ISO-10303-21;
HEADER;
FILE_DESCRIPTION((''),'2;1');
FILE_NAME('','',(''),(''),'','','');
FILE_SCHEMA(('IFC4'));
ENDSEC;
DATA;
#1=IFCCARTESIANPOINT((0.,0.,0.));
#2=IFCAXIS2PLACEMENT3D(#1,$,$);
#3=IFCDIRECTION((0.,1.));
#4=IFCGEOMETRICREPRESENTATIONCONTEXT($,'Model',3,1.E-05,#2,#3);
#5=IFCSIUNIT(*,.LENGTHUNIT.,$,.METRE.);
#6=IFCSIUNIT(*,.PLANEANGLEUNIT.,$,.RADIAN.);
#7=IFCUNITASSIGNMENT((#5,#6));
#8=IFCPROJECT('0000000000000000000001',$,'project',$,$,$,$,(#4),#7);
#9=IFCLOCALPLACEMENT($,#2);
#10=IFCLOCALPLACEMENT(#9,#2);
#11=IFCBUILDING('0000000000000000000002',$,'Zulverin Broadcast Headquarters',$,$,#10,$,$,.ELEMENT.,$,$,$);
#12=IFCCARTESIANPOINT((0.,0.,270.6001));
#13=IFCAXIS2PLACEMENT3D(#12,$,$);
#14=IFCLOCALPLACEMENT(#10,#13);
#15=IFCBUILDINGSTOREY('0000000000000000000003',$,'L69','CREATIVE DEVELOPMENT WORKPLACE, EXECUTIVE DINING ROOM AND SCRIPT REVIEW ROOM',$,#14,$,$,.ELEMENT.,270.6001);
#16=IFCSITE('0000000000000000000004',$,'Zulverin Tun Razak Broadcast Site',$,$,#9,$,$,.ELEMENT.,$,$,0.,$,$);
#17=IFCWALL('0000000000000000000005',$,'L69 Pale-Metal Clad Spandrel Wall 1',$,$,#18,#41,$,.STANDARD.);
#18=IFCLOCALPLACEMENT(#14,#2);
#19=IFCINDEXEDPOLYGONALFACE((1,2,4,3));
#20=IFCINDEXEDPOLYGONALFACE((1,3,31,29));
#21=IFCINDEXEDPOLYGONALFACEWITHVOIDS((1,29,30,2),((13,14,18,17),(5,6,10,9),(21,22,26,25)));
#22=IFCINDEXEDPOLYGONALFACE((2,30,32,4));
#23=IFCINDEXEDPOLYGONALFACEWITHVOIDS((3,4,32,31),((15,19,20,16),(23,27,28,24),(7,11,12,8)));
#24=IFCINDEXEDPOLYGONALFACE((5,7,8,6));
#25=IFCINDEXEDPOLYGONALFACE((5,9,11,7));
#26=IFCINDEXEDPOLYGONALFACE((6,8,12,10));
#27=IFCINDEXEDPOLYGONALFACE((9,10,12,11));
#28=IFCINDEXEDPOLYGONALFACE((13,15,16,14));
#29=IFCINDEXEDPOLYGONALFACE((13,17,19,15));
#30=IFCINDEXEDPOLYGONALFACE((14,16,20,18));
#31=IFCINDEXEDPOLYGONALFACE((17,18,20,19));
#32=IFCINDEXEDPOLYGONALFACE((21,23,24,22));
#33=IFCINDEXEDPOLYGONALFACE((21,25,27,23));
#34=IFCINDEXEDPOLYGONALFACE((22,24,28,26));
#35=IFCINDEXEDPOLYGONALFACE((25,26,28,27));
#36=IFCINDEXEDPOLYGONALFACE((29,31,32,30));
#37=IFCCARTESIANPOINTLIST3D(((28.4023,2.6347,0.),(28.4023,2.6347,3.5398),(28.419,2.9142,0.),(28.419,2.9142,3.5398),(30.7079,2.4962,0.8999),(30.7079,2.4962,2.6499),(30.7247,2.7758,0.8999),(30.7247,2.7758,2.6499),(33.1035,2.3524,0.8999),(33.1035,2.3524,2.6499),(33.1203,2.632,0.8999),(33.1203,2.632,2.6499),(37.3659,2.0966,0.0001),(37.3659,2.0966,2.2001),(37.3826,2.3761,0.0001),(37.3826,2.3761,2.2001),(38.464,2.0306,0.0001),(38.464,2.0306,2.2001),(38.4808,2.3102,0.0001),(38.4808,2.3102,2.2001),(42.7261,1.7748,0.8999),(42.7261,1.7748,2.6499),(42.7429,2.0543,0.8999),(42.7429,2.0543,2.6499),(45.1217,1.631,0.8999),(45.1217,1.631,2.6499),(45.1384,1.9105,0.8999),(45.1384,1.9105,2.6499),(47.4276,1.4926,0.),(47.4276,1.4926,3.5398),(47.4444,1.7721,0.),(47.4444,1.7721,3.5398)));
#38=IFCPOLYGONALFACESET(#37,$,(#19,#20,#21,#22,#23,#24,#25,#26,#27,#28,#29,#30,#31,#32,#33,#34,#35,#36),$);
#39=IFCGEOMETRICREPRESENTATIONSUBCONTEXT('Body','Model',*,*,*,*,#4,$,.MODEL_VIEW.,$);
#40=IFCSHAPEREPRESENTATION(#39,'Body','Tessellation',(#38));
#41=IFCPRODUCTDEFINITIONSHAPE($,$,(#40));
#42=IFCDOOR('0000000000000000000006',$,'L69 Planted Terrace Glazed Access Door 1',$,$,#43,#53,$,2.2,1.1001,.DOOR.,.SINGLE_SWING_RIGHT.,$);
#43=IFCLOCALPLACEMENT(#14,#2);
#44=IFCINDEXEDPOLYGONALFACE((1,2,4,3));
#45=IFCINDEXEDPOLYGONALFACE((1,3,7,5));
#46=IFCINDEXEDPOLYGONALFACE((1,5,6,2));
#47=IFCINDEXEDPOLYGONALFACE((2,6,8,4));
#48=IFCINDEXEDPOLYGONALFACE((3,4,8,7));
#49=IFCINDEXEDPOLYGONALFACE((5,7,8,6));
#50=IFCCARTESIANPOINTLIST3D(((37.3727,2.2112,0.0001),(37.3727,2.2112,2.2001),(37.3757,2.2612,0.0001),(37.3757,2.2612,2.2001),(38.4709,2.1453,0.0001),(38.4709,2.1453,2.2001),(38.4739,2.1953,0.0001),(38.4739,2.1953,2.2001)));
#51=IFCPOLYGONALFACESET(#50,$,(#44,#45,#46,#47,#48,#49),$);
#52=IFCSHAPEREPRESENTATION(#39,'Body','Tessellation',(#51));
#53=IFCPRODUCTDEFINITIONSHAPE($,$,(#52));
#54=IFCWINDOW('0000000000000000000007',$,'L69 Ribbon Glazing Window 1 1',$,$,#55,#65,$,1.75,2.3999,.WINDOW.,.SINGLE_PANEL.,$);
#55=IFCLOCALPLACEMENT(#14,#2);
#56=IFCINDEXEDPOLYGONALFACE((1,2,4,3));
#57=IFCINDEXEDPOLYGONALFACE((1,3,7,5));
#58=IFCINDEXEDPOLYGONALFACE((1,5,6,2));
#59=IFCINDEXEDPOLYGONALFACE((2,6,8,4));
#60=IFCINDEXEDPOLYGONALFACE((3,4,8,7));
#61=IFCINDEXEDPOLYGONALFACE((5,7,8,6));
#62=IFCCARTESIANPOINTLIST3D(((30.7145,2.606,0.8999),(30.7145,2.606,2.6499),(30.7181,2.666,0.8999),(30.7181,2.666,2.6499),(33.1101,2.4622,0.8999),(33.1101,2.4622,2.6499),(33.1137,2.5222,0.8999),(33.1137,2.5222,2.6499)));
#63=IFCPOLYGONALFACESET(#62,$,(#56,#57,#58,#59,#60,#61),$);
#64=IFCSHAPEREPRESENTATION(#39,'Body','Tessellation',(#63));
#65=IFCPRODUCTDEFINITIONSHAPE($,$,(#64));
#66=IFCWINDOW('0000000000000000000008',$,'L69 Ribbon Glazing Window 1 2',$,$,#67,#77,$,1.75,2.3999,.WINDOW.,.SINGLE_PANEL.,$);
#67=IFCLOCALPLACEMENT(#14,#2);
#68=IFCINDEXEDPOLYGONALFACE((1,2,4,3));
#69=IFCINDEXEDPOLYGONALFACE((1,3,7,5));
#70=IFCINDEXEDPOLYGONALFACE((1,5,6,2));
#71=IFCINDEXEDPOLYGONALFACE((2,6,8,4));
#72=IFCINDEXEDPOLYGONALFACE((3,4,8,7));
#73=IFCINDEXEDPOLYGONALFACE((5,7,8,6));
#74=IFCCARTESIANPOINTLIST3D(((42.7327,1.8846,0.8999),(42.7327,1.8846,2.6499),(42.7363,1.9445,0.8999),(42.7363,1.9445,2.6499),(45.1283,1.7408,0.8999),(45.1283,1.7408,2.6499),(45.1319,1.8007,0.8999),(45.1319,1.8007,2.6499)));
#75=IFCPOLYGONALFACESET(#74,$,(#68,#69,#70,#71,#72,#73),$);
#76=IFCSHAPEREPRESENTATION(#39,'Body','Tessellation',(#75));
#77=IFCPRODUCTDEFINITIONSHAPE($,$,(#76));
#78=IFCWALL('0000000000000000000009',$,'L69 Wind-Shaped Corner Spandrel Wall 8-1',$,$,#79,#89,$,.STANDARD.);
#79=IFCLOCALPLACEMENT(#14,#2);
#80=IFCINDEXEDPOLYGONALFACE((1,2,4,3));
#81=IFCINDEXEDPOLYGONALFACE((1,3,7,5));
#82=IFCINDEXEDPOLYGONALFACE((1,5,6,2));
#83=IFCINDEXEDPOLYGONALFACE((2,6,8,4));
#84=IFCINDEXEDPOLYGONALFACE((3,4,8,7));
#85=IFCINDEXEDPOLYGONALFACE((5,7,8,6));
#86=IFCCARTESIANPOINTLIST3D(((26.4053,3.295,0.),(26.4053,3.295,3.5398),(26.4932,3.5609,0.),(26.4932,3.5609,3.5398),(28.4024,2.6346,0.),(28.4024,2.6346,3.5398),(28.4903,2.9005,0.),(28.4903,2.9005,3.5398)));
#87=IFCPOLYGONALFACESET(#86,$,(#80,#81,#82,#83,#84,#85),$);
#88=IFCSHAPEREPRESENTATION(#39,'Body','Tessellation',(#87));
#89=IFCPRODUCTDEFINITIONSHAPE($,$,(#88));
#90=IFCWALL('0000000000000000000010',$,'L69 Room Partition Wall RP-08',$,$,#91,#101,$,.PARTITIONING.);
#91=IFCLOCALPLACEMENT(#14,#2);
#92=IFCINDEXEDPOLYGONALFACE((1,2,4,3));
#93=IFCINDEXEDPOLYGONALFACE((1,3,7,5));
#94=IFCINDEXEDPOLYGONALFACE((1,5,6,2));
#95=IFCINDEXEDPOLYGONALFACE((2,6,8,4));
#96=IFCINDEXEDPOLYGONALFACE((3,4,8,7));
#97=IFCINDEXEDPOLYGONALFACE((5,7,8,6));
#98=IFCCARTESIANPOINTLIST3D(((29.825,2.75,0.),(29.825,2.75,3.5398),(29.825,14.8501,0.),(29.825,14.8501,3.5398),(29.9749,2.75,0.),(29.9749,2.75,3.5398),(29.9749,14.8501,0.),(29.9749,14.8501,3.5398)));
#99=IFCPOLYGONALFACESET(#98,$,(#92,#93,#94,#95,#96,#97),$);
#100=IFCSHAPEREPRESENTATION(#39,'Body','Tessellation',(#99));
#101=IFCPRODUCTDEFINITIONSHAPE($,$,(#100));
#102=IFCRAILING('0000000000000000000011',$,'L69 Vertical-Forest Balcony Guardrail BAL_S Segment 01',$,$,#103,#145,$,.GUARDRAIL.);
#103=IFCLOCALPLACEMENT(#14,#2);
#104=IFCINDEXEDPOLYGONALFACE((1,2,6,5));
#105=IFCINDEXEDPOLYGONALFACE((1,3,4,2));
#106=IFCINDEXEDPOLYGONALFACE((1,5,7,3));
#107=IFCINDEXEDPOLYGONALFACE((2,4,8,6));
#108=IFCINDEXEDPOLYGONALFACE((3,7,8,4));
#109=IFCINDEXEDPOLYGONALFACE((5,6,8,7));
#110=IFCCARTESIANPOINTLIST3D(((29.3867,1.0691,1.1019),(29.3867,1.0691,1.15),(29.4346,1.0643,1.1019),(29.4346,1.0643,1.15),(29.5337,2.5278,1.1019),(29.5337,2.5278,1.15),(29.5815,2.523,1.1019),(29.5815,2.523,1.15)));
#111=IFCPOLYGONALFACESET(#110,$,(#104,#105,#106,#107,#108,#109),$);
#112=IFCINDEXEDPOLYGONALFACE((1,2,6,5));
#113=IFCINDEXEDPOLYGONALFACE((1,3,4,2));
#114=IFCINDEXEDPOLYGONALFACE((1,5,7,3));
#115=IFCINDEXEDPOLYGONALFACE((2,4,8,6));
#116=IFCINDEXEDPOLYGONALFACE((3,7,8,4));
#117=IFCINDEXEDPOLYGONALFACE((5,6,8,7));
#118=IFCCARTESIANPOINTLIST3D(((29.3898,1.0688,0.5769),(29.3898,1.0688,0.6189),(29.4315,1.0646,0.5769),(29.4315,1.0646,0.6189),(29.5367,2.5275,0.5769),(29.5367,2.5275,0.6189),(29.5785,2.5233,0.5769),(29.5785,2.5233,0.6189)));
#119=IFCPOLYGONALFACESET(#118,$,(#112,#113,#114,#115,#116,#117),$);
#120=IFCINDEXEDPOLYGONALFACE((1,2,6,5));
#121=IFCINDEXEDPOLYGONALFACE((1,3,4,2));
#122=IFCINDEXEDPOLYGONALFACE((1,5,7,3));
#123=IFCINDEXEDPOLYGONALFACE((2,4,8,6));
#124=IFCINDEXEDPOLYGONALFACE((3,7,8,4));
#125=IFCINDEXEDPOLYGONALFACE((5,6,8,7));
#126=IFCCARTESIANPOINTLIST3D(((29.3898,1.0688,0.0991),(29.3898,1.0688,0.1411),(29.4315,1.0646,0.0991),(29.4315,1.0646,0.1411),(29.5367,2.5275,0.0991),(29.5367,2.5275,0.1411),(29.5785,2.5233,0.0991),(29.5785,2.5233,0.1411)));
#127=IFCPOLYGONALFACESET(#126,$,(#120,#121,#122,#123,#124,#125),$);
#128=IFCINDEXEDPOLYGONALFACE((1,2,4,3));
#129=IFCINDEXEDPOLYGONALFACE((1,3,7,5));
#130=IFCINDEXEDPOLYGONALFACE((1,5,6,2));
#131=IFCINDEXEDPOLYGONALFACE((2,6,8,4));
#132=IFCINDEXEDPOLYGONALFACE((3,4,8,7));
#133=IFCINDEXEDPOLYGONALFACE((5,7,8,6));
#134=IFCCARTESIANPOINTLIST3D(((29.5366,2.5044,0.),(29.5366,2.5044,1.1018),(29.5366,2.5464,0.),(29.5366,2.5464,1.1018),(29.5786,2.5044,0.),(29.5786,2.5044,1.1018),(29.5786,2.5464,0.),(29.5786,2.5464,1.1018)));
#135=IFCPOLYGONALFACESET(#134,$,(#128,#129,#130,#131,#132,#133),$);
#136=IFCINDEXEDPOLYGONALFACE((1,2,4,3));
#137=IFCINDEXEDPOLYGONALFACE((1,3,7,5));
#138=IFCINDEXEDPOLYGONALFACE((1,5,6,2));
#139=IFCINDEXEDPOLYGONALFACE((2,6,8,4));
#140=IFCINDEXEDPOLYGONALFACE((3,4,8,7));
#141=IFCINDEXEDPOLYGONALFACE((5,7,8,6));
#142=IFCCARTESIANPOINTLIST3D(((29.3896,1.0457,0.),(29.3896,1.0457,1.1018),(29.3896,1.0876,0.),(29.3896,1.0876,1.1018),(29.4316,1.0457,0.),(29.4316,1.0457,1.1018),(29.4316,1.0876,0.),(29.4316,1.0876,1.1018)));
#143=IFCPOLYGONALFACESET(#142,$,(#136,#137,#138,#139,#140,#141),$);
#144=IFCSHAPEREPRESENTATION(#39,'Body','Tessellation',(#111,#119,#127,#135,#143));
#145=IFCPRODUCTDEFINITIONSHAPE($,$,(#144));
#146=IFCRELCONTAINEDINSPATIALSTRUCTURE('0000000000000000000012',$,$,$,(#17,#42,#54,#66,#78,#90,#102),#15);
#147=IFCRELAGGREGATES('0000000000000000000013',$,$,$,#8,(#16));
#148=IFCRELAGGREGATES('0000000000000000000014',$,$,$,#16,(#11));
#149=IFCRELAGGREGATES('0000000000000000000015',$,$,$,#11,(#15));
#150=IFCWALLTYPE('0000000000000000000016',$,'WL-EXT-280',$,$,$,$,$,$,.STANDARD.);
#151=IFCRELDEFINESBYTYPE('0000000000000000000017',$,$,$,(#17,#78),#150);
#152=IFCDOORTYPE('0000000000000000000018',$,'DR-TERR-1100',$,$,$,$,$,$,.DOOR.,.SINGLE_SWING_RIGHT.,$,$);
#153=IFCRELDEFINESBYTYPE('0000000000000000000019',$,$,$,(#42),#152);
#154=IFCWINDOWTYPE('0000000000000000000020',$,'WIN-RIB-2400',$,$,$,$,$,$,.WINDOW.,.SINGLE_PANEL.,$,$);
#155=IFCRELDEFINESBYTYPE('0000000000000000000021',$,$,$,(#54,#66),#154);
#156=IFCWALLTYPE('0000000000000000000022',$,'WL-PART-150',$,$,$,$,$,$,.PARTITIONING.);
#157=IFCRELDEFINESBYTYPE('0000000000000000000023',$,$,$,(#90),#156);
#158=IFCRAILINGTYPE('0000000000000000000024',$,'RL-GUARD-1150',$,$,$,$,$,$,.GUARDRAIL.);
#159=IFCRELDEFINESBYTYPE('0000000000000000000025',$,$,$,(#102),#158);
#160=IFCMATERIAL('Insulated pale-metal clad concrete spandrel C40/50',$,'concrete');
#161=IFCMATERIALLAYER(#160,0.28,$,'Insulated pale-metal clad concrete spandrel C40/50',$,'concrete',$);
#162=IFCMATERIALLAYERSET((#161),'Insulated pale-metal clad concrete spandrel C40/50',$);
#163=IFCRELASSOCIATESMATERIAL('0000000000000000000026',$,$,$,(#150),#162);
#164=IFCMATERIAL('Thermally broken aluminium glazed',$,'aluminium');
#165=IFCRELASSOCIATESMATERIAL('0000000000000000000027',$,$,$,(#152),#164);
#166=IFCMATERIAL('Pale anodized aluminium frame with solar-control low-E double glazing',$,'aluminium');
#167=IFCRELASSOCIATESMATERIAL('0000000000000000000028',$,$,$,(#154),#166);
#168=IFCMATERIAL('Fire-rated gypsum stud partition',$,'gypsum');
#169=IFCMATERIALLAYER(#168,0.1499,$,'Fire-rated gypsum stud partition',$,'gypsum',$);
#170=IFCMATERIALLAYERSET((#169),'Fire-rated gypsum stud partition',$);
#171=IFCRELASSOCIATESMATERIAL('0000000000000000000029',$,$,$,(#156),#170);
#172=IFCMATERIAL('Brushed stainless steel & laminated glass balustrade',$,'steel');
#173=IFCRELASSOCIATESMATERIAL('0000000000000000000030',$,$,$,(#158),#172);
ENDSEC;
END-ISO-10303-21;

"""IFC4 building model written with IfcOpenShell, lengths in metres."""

from ifc_helpers import new_model, si_unit, direction, frame, frame_2d, origin, origin_2d, place, context, subcontext, project, spatial, rectangle, extrude, material, layer, layer_set, type_object, element, fill, save


model = new_model("IFC4")

# Units and contexts
model_context = context("Model", 3, precision=1e-05, world=origin(), true_north=direction((0.0, 1.0)))
body_context = subcontext(model_context, "Body", "Model", "MODEL_VIEW")
ifc_project = project(units=[si_unit("LENGTHUNIT", "METRE"), si_unit("PLANEANGLEUNIT", "RADIAN")], contexts=[model_context])

# Site, building, storey
site_placement = place(None, origin())
site = spatial("IfcSite", under=ifc_project, at=site_placement, Name="Zulverin Tun Razak Broadcast Site", CompositionType="ELEMENT", RefElevation=0.0)
building_placement = place(site_placement, origin())
building = spatial("IfcBuilding", under=site, at=building_placement, Name="Zulverin Broadcast Headquarters", CompositionType="ELEMENT")
storey_placement = place(building_placement, frame((0.0, 0.0, 270.6001)))
storey = spatial("IfcBuildingStorey", under=building, at=storey_placement, Name="L69", Description="CREATIVE DEVELOPMENT WORKPLACE, EXECUTIVE DINING ROOM AND SCRIPT REVIEW ROOM", CompositionType="ELEMENT", Elevation=270.6001)

# Wall, openings, door, windows
ifc_material_1 = material(Name="Insulated pale-metal clad concrete spandrel C40/50", Category="concrete")
ifc_layer_1 = layer(ifc_material_1, 0.28, Name="Insulated pale-metal clad concrete spandrel C40/50", Category="concrete")
ifc_layer_set_1 = layer_set([ifc_layer_1], Name="Insulated pale-metal clad concrete spandrel C40/50")
wall_type_1 = type_object("IfcWallType", Name="WL-EXT-280", PredefinedType="STANDARD", material=ifc_layer_set_1)
wall_1_placement = place(storey_placement, frame((28.4106, 2.7744, 0.0), z_axis=(0.0, 0.0, 1.0), x_axis=(0.998203, -0.059922, 0.0)))
wall_1 = element("IfcWall", 1, at=wall_1_placement, inside=storey, type_object=wall_type_1, Name="L69 Pale-Metal Clad Spandrel Wall 1", PredefinedType="STANDARD", context=body_context, shape_type="SweptSolid", body=[
    extrude(rectangle(XDim=19.0596, YDim=0.28, at=frame_2d((9.5298, 0.0))), origin(), (0.0, 0.0, 1.0), 3.5398),
])
opening_1_placement = place(wall_1_placement, frame((8.9797, 0.0, 0.0)))
opening_1 = element("IfcOpeningElement", 2, at=opening_1_placement, cuts=wall_1, PredefinedType="OPENING", context=body_context, shape_type="SweptSolid", body=[
    extrude(rectangle(XDim=1.1001, YDim=2.2, at=frame_2d((0.55, 1.1001))), frame((0.0, 0.1499, 0.0), z_axis=(0.0, -1.0, 0.0), x_axis=(1.0, 0.0, 0.0)), (0.0, 0.0, 1.0), 0.3),
])
opening_2_placement = place(wall_1_placement, frame((2.3098, 0.0, 0.8999)))
opening_2 = element("IfcOpeningElement", 3, at=opening_2_placement, cuts=wall_1, PredefinedType="OPENING", context=body_context, shape_type="SweptSolid", body=[
    extrude(rectangle(XDim=2.3999, YDim=1.75, at=frame_2d((1.2, 0.875))), frame((0.0, 0.1499, 0.0), z_axis=(0.0, -1.0, 0.0), x_axis=(1.0, 0.0, 0.0)), (0.0, 0.0, 1.0), 0.3),
])
opening_3_placement = place(wall_1_placement, frame((14.3496, 0.0, 0.8999)))
opening_3 = element("IfcOpeningElement", 4, at=opening_3_placement, cuts=wall_1, PredefinedType="OPENING", context=body_context, shape_type="SweptSolid", body=[
    extrude(rectangle(XDim=2.3999, YDim=1.75, at=frame_2d((1.2, 0.875))), frame((0.0, 0.1499, 0.0), z_axis=(0.0, -1.0, 0.0), x_axis=(1.0, 0.0, 0.0)), (0.0, 0.0, 1.0), 0.3),
])
ifc_material_2 = material(Name="Thermally broken aluminium glazed", Category="aluminium")
door_type = type_object("IfcDoorType", Name="DR-TERR-1100", OperationType="SINGLE_SWING_RIGHT", PredefinedType="DOOR", material=ifc_material_2)
door_placement = place(opening_1_placement, origin())
door = element("IfcDoor", 5, at=door_placement, inside=storey, type_object=door_type, Name="L69 Planted Terrace Glazed Access Door 1", OperationType="SINGLE_SWING_RIGHT", OverallHeight=2.2, OverallWidth=1.1001, PredefinedType="DOOR", context=body_context, shape_type="SweptSolid", body=[
    extrude(rectangle(XDim=1.1001, YDim=2.2, at=frame_2d((0.55, 1.1001))), frame((0.0, 0.0249, 0.0), z_axis=(0.0, -1.0, 0.0), x_axis=(1.0, 0.0, 0.0)), (0.0, 0.0, 1.0), 0.05),
])
fill(opening_1, door)
ifc_material_3 = material(Name="Pale anodized aluminium frame with solar-control low-E double glazing", Category="aluminium")
window_type = type_object("IfcWindowType", Name="WIN-RIB-2400", PartitioningType="SINGLE_PANEL", PredefinedType="WINDOW", material=ifc_material_3)
window_1_placement = place(opening_2_placement, origin())
window_1 = element("IfcWindow", 6, at=window_1_placement, inside=storey, type_object=window_type, Name="L69 Ribbon Glazing Window 1 1", OverallHeight=1.75, OverallWidth=2.3999, PartitioningType="SINGLE_PANEL", PredefinedType="WINDOW", context=body_context, shape_type="SweptSolid", body=[
    extrude(rectangle(XDim=2.3999, YDim=1.75, at=frame_2d((1.2, 0.875))), frame((0.0, 0.03, 0.0), z_axis=(0.0, -1.0, 0.0), x_axis=(1.0, 0.0, 0.0)), (0.0, 0.0, 1.0), 0.0601),
])
fill(opening_2, window_1)
window_2_placement = place(opening_3_placement, origin())
window_2 = element("IfcWindow", 7, at=window_2_placement, inside=storey, type_object=window_type, Name="L69 Ribbon Glazing Window 1 2", OverallHeight=1.75, OverallWidth=2.3999, PartitioningType="SINGLE_PANEL", PredefinedType="WINDOW", context=body_context, shape_type="SweptSolid", body=[
    extrude(rectangle(XDim=2.3999, YDim=1.75, at=frame_2d((1.2, 0.875))), frame((0.0, 0.03, 0.0), z_axis=(0.0, -1.0, 0.0), x_axis=(1.0, 0.0, 0.0)), (0.0, 0.0, 1.0), 0.0601),
])
fill(opening_3, window_2)

# Walls
wall_2_placement = place(storey_placement, frame((26.4492, 3.428, 0.0), z_axis=(0.0, 0.0, 1.0), x_axis=(0.949435, -0.313964, 0.0)))
element("IfcWall", 8, at=wall_2_placement, inside=storey, type_object=wall_type_1, Name="L69 Wind-Shaped Corner Spandrel Wall 8-1", PredefinedType="STANDARD", context=body_context, shape_type="SweptSolid", body=[
    extrude(rectangle(XDim=2.1035, YDim=0.28, at=frame_2d((1.0518, 0.0))), origin(), (0.0, 0.0, 1.0), 3.5398),
])
ifc_material_4 = material(Name="Fire-rated gypsum stud partition", Category="gypsum")
ifc_layer_2 = layer(ifc_material_4, 0.1499, Name="Fire-rated gypsum stud partition", Category="gypsum")
ifc_layer_set_2 = layer_set([ifc_layer_2], Name="Fire-rated gypsum stud partition")
wall_type_2 = type_object("IfcWallType", Name="WL-PART-150", PredefinedType="PARTITIONING", material=ifc_layer_set_2)
wall_3_placement = place(storey_placement, frame((29.8999, 2.75, 0.0), z_axis=(0.0, 0.0, 1.0), x_axis=(0.0, 1.0, 0.0)))
element("IfcWall", 9, at=wall_3_placement, inside=storey, type_object=wall_type_2, Name="L69 Room Partition Wall RP-08", PredefinedType="PARTITIONING", context=body_context, shape_type="SweptSolid", body=[
    extrude(rectangle(XDim=12.1001, YDim=0.1499, at=frame_2d((6.05, 0.0))), origin(), (0.0, 0.0, 1.0), 3.5398),
])

# Railing
ifc_material_5 = material(Name="Brushed stainless steel & laminated glass balustrade", Category="steel")
railing_type = type_object("IfcRailingType", Name="RL-GUARD-1150", PredefinedType="GUARDRAIL", material=ifc_material_5)
railing_1_placement = place(storey_placement, frame((29.5576, 2.5254, 0.0)))
element("IfcRailing", 10, at=railing_1_placement, inside=storey, type_object=railing_type, Name="L69 Vertical-Forest Balcony Guardrail BAL_S Segment 01", PredefinedType="GUARDRAIL", context=body_context, shape_type="SweptSolid", body=[
    extrude(rectangle(XDim=0.0481, YDim=0.0481, at=origin_2d()), frame((0.0, 0.0, 1.126), z_axis=(-0.100246, -0.994963, 0.0), x_axis=(0.994963, -0.100246, 0.0)), (0.0, 0.0, 1.0), 1.4661),
    extrude(rectangle(XDim=0.042, YDim=0.042, at=origin_2d()), frame((0.0, 0.0, 0.5979), z_axis=(-0.100246, -0.994963, 0.0), x_axis=(0.994963, -0.100246, 0.0)), (0.0, 0.0, 1.0), 1.4661),
    extrude(rectangle(XDim=0.042, YDim=0.042, at=origin_2d()), frame((0.0, 0.0, 0.1201), z_axis=(-0.100246, -0.994963, 0.0), x_axis=(0.994963, -0.100246, 0.0)), (0.0, 0.0, 1.0), 1.4661),
    extrude(rectangle(XDim=0.042, YDim=0.042, at=origin_2d()), origin(), (0.0, 0.0, 1.0), 1.1018),
    extrude(rectangle(XDim=0.042, YDim=0.042, at=origin_2d()), frame((-0.147, -1.4587, 0.0)), (0.0, 0.0, 1.0), 1.1018),
])

save(model, "model.ifc")
